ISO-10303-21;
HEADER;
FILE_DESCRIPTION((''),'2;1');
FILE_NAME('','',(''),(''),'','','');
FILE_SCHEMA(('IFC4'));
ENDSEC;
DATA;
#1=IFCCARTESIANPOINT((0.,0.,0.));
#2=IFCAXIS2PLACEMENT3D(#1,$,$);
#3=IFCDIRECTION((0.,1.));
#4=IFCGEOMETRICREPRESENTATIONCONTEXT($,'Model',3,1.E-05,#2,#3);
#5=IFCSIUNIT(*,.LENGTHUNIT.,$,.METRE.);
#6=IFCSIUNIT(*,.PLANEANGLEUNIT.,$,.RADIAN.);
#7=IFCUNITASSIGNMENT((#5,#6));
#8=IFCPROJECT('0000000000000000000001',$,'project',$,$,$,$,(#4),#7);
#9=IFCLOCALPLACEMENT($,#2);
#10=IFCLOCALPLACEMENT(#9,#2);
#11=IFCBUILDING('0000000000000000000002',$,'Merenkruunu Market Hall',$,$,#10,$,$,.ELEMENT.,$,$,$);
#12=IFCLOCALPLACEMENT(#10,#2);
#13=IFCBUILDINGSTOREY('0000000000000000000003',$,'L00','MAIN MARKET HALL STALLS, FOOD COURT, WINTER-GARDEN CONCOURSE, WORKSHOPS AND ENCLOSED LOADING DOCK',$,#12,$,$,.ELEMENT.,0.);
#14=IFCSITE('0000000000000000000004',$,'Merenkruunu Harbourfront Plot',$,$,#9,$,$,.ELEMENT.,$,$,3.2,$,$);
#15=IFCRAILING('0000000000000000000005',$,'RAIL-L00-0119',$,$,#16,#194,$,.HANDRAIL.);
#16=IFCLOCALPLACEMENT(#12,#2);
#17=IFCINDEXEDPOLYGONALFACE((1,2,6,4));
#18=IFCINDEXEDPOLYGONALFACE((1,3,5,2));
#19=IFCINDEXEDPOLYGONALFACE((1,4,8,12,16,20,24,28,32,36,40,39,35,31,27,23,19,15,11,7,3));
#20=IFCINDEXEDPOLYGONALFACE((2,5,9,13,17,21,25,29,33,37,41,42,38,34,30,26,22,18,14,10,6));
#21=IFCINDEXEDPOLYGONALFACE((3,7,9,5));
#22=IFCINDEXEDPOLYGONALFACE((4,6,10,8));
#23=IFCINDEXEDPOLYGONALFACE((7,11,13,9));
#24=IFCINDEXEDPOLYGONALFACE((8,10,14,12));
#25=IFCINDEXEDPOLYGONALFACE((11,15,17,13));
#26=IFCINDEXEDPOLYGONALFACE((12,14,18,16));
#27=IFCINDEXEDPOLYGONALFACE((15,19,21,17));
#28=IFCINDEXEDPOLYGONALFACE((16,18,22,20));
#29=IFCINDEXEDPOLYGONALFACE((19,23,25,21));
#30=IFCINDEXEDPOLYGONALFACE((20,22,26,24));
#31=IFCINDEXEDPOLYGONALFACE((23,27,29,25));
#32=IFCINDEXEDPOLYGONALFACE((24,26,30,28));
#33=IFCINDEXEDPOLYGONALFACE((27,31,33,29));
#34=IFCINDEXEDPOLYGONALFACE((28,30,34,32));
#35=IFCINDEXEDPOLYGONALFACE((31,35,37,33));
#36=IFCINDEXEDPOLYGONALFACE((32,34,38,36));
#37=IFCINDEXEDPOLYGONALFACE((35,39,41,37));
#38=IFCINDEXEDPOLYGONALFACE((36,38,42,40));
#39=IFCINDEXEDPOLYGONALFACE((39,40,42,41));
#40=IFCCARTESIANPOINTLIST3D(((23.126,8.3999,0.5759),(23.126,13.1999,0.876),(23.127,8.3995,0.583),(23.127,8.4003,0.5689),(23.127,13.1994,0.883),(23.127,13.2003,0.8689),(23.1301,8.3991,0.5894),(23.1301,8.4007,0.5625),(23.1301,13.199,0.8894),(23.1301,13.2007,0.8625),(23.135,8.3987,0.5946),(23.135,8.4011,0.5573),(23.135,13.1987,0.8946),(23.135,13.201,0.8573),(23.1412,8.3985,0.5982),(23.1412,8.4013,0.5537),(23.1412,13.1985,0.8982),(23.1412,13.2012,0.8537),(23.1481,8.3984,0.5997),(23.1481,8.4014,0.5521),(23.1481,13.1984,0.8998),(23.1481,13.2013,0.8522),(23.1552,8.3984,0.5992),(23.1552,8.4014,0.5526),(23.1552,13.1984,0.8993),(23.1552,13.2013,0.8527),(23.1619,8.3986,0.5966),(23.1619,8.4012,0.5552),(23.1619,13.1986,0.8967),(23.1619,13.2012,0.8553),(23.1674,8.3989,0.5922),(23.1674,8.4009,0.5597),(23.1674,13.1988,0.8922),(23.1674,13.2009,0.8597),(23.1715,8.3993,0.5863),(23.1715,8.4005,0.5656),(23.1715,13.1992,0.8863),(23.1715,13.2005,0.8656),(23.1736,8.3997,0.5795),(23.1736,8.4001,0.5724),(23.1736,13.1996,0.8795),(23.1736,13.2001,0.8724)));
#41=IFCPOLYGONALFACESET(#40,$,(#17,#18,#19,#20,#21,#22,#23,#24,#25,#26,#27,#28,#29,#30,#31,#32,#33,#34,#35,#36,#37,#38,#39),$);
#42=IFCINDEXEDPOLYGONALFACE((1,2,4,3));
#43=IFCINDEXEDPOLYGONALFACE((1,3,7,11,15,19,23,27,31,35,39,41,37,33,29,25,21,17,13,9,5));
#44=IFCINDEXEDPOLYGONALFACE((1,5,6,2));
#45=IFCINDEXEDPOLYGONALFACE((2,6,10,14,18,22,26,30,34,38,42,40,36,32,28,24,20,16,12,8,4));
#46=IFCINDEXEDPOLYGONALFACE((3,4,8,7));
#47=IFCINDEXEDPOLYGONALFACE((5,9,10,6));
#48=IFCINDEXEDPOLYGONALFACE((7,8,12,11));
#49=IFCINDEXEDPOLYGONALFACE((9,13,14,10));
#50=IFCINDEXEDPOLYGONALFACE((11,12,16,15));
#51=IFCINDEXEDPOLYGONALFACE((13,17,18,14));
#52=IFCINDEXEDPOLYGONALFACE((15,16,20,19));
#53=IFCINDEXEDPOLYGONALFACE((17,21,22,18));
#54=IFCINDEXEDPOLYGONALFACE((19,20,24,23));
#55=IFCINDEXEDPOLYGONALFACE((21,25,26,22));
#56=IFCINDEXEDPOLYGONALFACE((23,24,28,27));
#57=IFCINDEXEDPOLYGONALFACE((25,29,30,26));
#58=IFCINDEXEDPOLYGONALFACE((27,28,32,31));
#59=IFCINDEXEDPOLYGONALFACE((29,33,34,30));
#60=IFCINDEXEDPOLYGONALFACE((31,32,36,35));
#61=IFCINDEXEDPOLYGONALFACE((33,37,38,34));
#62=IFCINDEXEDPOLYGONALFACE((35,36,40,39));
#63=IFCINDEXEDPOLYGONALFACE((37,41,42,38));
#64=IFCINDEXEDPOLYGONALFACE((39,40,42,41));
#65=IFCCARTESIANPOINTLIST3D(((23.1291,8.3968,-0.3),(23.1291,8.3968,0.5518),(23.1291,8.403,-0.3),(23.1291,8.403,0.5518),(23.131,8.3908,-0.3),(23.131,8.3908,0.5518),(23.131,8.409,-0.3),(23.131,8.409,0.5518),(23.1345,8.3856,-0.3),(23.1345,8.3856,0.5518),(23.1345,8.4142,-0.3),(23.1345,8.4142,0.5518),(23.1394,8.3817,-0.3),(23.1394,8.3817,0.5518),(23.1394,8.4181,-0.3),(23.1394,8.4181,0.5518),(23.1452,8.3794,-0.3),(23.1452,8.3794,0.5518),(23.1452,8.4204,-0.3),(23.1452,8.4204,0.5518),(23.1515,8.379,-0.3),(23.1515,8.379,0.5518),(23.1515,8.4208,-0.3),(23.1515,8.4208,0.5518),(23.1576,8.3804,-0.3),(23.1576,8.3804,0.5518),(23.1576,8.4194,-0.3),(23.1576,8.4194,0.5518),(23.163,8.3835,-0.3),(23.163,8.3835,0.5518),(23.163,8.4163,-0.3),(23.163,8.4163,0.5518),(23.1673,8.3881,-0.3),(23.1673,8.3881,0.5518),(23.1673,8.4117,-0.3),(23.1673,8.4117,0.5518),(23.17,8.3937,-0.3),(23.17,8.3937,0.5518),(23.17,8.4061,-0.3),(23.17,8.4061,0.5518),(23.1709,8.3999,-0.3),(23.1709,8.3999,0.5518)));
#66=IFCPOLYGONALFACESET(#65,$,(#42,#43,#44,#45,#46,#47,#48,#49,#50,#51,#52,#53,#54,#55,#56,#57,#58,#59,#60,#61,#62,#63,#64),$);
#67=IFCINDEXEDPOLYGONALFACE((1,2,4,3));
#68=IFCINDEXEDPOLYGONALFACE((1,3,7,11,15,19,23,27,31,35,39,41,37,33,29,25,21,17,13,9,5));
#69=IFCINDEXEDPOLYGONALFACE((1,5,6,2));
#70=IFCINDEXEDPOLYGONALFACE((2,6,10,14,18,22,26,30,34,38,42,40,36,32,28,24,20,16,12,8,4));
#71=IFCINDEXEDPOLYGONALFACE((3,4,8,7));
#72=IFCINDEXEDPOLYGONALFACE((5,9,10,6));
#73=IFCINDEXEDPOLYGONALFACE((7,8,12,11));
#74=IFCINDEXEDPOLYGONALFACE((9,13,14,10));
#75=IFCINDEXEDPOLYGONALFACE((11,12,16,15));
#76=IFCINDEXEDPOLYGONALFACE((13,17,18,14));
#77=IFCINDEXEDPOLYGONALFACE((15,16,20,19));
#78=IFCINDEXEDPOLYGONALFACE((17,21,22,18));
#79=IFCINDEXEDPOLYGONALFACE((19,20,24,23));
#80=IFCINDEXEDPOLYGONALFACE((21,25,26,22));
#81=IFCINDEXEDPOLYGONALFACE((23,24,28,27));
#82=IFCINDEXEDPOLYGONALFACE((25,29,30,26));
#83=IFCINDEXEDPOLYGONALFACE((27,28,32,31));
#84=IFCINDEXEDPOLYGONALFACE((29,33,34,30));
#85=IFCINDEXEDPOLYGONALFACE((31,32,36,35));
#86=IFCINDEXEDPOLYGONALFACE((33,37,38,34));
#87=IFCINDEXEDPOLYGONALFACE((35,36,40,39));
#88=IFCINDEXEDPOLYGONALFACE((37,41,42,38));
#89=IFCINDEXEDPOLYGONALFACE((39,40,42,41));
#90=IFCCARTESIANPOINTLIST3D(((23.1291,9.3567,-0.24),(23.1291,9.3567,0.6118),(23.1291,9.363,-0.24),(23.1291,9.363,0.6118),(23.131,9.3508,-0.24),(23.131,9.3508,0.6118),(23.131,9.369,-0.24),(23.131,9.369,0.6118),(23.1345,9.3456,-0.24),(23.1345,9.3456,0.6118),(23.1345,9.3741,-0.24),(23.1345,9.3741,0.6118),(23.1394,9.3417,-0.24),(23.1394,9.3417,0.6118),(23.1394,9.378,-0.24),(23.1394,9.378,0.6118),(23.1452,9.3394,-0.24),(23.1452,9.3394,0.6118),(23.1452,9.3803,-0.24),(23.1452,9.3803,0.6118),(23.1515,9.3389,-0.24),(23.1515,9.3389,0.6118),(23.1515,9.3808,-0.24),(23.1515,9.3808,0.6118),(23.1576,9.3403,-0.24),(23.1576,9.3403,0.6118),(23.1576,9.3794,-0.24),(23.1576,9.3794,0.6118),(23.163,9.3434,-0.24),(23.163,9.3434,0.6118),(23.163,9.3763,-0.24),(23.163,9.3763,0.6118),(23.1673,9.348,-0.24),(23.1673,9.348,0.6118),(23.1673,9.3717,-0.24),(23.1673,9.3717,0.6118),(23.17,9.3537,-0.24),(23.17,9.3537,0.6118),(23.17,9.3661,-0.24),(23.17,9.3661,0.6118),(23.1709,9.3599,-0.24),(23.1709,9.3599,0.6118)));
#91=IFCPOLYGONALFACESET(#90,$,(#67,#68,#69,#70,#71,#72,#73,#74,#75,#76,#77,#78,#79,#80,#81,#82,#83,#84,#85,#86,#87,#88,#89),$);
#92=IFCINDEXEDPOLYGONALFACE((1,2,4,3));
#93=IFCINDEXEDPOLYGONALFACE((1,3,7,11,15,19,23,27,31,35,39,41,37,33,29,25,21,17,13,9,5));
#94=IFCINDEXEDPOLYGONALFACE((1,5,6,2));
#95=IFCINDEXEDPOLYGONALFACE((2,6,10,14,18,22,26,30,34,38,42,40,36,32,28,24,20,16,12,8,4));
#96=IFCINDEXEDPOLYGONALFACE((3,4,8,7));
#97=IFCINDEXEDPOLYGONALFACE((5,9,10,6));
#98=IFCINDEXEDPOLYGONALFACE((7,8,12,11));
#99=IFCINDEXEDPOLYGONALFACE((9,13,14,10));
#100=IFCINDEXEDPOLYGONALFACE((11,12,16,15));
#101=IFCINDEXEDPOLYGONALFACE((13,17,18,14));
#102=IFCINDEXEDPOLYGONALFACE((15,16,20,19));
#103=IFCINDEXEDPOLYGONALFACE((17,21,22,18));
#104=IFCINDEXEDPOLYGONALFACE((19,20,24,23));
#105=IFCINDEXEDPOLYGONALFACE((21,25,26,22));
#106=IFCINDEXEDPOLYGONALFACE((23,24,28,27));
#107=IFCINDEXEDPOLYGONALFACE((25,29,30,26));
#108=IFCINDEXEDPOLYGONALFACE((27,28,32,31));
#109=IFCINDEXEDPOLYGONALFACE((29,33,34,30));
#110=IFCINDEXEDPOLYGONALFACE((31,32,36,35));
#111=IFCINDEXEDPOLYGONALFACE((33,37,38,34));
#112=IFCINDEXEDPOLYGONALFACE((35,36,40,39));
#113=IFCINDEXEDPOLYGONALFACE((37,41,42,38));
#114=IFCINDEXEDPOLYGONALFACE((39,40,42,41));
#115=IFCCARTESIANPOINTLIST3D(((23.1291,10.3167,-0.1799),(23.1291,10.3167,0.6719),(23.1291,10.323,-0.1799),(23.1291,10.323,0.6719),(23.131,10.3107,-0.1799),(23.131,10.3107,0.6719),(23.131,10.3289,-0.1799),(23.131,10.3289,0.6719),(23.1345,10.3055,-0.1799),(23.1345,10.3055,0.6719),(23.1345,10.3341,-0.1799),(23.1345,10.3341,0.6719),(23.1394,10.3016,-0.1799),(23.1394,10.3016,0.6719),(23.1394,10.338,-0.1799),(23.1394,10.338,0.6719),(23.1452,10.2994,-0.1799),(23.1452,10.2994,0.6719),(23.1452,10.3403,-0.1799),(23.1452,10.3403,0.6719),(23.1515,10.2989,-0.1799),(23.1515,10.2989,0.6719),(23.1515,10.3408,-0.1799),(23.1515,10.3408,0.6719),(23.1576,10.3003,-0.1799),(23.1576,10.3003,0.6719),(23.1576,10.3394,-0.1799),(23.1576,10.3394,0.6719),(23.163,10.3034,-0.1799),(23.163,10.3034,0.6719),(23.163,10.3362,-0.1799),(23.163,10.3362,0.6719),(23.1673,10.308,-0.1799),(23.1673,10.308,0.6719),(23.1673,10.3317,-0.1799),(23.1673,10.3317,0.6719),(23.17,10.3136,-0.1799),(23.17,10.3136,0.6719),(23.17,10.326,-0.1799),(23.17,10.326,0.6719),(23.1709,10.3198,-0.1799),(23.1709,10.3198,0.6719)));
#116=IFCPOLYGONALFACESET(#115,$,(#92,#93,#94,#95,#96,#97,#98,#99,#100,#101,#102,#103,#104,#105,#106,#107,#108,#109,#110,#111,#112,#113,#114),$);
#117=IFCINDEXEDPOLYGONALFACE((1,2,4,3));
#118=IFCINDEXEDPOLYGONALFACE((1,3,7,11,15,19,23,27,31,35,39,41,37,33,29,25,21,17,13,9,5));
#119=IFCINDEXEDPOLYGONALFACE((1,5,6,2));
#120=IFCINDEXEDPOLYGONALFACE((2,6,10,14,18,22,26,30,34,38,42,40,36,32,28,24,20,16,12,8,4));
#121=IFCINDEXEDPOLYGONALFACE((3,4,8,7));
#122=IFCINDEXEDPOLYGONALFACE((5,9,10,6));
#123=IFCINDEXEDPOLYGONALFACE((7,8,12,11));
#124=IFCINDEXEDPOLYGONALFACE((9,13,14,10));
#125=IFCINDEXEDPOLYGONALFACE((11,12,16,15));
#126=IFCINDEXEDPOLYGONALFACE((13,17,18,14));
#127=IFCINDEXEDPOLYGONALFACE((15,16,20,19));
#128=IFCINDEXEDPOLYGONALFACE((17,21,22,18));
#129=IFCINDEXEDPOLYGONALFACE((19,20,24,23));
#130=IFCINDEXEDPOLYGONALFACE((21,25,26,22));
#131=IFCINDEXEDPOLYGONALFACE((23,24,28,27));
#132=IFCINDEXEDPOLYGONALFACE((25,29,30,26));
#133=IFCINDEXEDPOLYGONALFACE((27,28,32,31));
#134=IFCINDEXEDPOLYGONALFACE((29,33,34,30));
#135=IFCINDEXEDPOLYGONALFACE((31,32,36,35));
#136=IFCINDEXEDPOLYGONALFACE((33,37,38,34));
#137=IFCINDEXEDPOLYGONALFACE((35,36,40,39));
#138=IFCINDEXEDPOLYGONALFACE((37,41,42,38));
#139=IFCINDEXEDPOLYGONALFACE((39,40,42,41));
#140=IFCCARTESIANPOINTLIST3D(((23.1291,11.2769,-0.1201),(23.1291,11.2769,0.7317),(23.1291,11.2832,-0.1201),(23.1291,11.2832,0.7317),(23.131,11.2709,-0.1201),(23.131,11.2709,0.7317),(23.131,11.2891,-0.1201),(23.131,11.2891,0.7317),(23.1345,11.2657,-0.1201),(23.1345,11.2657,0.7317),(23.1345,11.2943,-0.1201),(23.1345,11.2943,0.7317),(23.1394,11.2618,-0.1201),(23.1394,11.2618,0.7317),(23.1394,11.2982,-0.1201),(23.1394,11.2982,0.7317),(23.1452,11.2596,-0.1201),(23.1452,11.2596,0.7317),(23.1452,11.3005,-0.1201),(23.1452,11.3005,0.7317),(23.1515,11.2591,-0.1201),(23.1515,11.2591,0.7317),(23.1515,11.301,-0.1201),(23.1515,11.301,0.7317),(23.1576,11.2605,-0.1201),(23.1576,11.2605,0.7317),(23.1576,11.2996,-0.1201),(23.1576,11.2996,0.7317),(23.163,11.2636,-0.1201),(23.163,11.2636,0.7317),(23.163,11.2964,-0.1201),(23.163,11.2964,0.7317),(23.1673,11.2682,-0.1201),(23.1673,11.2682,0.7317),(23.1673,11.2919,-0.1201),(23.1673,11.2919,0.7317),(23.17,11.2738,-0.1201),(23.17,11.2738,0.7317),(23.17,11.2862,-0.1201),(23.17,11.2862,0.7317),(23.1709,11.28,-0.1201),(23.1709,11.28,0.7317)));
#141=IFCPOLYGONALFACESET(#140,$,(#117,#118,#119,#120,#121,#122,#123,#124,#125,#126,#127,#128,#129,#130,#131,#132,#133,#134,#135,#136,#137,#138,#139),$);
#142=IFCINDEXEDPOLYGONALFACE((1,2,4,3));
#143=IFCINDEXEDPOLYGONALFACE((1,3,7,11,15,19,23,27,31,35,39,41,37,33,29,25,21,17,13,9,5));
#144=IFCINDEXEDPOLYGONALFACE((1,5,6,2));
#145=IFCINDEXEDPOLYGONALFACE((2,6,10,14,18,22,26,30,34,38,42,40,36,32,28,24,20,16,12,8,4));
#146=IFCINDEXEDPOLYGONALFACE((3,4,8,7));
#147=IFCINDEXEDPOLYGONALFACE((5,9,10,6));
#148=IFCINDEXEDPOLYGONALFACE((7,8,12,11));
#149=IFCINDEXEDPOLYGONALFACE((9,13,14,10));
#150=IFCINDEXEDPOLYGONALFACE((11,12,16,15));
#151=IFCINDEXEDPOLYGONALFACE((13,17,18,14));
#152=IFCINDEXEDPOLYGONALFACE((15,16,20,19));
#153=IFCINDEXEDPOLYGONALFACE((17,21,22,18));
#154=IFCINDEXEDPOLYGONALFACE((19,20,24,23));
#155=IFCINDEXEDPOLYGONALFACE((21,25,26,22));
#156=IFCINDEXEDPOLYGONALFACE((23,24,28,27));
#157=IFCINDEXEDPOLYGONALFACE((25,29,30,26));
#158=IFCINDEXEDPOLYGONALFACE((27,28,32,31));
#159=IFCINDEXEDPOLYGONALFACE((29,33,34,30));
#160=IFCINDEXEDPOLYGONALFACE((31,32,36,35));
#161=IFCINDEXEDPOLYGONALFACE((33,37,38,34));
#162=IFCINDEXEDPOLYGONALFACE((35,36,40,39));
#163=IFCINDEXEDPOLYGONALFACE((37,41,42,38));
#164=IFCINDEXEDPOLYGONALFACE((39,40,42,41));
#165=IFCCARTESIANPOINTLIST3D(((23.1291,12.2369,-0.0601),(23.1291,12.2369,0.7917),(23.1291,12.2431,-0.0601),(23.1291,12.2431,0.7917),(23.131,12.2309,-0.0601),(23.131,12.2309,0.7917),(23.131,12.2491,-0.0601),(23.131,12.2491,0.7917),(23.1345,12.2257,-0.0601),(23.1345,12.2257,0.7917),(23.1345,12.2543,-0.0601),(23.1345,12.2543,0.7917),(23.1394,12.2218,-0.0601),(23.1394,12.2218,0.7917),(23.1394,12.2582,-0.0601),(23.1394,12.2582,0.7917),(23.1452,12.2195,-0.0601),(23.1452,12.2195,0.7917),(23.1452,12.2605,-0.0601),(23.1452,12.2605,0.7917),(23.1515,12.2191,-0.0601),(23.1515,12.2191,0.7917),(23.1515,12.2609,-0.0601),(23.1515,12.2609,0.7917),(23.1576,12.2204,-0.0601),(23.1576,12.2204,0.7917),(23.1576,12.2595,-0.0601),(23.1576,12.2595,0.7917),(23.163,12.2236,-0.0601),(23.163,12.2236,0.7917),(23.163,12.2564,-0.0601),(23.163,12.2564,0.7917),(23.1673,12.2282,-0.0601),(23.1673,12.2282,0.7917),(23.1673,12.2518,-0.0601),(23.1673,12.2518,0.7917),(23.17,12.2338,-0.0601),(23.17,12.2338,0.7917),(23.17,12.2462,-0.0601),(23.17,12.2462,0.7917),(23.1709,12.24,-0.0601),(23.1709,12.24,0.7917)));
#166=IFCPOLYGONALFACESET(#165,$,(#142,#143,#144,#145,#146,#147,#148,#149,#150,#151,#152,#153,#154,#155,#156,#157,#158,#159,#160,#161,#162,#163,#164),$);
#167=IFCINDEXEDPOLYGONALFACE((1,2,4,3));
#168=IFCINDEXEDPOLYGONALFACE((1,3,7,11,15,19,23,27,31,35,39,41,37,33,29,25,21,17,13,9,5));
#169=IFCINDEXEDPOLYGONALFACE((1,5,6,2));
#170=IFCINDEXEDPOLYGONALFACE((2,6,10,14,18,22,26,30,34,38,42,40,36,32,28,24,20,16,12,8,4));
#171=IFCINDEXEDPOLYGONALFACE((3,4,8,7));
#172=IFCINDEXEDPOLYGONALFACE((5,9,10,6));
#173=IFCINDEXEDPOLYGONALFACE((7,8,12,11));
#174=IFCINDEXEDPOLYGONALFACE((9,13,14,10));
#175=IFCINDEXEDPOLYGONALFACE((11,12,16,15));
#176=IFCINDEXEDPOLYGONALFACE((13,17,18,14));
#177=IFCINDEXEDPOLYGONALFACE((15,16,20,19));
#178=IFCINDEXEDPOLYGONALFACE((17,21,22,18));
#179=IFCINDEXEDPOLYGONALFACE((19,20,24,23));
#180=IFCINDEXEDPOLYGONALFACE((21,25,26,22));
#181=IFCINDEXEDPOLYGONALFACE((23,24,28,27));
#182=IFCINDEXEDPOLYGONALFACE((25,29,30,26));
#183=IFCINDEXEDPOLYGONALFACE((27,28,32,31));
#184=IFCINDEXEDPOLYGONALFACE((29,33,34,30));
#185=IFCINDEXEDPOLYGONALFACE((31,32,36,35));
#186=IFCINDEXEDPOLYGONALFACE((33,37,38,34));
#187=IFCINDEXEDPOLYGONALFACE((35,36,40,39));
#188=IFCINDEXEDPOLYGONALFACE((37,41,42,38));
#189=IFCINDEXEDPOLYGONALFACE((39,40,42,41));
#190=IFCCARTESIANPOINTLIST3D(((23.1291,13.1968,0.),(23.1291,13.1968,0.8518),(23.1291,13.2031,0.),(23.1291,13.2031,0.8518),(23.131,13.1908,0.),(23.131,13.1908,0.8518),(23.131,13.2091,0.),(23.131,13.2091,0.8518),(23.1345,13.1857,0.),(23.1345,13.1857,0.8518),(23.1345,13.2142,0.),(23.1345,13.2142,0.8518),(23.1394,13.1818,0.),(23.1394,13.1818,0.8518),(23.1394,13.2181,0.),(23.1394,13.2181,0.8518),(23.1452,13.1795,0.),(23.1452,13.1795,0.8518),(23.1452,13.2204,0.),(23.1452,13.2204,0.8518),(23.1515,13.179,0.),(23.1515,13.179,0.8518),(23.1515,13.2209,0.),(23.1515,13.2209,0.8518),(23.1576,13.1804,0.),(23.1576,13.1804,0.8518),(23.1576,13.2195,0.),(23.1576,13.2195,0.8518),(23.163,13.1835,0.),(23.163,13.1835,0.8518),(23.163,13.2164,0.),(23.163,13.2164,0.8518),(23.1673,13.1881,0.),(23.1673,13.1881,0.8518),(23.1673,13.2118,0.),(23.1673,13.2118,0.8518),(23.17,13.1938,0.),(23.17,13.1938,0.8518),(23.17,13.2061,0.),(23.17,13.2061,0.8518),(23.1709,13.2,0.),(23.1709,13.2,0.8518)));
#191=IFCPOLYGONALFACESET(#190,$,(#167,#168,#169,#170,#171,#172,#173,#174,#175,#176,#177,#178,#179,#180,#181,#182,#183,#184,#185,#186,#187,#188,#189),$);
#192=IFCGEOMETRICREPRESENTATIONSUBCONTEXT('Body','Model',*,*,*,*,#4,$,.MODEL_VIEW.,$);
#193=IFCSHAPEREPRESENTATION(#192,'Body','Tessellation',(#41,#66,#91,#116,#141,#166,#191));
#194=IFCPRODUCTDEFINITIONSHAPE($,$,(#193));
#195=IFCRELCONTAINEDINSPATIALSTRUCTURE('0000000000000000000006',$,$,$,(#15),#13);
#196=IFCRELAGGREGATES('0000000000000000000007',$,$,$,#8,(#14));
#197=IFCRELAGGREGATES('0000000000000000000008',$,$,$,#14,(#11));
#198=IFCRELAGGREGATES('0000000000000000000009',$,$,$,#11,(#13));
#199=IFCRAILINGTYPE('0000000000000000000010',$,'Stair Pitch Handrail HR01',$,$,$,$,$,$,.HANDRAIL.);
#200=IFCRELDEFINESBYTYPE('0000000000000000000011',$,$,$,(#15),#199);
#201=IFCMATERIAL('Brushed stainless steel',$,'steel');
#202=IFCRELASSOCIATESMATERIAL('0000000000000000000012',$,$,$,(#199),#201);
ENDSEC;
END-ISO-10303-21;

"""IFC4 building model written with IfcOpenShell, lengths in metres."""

from ifc_helpers import new_model, si_unit, direction, frame, origin, origin_2d, place, context, subcontext, project, spatial, circle, extrude, material, type_object, element, save


model = new_model("IFC4")

# Units and contexts
model_context = context("Model", 3, precision=1e-05, world=origin(), true_north=direction((0.0, 1.0)))
body_context = subcontext(model_context, "Body", "Model", "MODEL_VIEW")
ifc_project = project(units=[si_unit("LENGTHUNIT", "METRE"), si_unit("PLANEANGLEUNIT", "RADIAN")], contexts=[model_context])

# Site, building, storey
site_placement = place(None, origin())
site = spatial("IfcSite", under=ifc_project, at=site_placement, Name="Merenkruunu Harbourfront Plot", CompositionType="ELEMENT", RefElevation=3.2)
building_placement = place(site_placement, origin())
building = spatial("IfcBuilding", under=site, at=building_placement, Name="Merenkruunu Market Hall", CompositionType="ELEMENT")
storey_placement = place(building_placement, origin())
storey = spatial("IfcBuildingStorey", under=building, at=storey_placement, Name="L00", Description="MAIN MARKET HALL STALLS, FOOD COURT, WINTER-GARDEN CONCOURSE, WORKSHOPS AND ENCLOSED LOADING DOCK", CompositionType="ELEMENT", Elevation=0.0)

# Railing
ifc_material_1 = material(Name="Brushed stainless steel", Category="steel")
railing_type = type_object("IfcRailingType", Name="Stair Pitch Handrail HR01", PredefinedType="HANDRAIL", material=ifc_material_1)
for number, where, name in (
    (1, (23.1499, 8.3999, -0.3), "RAIL-L00-0119"),
):
    element("IfcRailing", number, at=place(storey_placement, frame(where)), inside=storey, type_object=railing_type, Name=name, PredefinedType="HANDRAIL", context=body_context, shape_type="SweptSolid", body=[
        extrude(circle(Radius=0.0239, at=origin_2d()), frame((0.0, 0.0, 0.876), z_axis=(0.0, 0.998052, 0.062388), x_axis=(-1.0, 0.0, 0.0)), (0.0, 0.0, 1.0), 4.8093),
        extrude(circle(Radius=0.021, at=origin_2d()), origin(), (0.0, 0.0, 1.0), 0.8518),
        extrude(circle(Radius=0.021, at=origin_2d()), frame((0.0, 0.96, 0.0601)), (0.0, 0.0, 1.0), 0.8518),
        extrude(circle(Radius=0.021, at=origin_2d()), frame((0.0, 1.9199, 0.1201)), (0.0, 0.0, 1.0), 0.8518),
        extrude(circle(Radius=0.021, at=origin_2d()), frame((0.0, 2.8801, 0.1799)), (0.0, 0.0, 1.0), 0.8518),
        extrude(circle(Radius=0.021, at=origin_2d()), frame((0.0, 3.8401, 0.24)), (0.0, 0.0, 1.0), 0.8518),
        extrude(circle(Radius=0.021, at=origin_2d()), frame((0.0, 4.8, 0.3)), (0.0, 0.0, 1.0), 0.8518),
    ])

save(model, "model.ifc")
